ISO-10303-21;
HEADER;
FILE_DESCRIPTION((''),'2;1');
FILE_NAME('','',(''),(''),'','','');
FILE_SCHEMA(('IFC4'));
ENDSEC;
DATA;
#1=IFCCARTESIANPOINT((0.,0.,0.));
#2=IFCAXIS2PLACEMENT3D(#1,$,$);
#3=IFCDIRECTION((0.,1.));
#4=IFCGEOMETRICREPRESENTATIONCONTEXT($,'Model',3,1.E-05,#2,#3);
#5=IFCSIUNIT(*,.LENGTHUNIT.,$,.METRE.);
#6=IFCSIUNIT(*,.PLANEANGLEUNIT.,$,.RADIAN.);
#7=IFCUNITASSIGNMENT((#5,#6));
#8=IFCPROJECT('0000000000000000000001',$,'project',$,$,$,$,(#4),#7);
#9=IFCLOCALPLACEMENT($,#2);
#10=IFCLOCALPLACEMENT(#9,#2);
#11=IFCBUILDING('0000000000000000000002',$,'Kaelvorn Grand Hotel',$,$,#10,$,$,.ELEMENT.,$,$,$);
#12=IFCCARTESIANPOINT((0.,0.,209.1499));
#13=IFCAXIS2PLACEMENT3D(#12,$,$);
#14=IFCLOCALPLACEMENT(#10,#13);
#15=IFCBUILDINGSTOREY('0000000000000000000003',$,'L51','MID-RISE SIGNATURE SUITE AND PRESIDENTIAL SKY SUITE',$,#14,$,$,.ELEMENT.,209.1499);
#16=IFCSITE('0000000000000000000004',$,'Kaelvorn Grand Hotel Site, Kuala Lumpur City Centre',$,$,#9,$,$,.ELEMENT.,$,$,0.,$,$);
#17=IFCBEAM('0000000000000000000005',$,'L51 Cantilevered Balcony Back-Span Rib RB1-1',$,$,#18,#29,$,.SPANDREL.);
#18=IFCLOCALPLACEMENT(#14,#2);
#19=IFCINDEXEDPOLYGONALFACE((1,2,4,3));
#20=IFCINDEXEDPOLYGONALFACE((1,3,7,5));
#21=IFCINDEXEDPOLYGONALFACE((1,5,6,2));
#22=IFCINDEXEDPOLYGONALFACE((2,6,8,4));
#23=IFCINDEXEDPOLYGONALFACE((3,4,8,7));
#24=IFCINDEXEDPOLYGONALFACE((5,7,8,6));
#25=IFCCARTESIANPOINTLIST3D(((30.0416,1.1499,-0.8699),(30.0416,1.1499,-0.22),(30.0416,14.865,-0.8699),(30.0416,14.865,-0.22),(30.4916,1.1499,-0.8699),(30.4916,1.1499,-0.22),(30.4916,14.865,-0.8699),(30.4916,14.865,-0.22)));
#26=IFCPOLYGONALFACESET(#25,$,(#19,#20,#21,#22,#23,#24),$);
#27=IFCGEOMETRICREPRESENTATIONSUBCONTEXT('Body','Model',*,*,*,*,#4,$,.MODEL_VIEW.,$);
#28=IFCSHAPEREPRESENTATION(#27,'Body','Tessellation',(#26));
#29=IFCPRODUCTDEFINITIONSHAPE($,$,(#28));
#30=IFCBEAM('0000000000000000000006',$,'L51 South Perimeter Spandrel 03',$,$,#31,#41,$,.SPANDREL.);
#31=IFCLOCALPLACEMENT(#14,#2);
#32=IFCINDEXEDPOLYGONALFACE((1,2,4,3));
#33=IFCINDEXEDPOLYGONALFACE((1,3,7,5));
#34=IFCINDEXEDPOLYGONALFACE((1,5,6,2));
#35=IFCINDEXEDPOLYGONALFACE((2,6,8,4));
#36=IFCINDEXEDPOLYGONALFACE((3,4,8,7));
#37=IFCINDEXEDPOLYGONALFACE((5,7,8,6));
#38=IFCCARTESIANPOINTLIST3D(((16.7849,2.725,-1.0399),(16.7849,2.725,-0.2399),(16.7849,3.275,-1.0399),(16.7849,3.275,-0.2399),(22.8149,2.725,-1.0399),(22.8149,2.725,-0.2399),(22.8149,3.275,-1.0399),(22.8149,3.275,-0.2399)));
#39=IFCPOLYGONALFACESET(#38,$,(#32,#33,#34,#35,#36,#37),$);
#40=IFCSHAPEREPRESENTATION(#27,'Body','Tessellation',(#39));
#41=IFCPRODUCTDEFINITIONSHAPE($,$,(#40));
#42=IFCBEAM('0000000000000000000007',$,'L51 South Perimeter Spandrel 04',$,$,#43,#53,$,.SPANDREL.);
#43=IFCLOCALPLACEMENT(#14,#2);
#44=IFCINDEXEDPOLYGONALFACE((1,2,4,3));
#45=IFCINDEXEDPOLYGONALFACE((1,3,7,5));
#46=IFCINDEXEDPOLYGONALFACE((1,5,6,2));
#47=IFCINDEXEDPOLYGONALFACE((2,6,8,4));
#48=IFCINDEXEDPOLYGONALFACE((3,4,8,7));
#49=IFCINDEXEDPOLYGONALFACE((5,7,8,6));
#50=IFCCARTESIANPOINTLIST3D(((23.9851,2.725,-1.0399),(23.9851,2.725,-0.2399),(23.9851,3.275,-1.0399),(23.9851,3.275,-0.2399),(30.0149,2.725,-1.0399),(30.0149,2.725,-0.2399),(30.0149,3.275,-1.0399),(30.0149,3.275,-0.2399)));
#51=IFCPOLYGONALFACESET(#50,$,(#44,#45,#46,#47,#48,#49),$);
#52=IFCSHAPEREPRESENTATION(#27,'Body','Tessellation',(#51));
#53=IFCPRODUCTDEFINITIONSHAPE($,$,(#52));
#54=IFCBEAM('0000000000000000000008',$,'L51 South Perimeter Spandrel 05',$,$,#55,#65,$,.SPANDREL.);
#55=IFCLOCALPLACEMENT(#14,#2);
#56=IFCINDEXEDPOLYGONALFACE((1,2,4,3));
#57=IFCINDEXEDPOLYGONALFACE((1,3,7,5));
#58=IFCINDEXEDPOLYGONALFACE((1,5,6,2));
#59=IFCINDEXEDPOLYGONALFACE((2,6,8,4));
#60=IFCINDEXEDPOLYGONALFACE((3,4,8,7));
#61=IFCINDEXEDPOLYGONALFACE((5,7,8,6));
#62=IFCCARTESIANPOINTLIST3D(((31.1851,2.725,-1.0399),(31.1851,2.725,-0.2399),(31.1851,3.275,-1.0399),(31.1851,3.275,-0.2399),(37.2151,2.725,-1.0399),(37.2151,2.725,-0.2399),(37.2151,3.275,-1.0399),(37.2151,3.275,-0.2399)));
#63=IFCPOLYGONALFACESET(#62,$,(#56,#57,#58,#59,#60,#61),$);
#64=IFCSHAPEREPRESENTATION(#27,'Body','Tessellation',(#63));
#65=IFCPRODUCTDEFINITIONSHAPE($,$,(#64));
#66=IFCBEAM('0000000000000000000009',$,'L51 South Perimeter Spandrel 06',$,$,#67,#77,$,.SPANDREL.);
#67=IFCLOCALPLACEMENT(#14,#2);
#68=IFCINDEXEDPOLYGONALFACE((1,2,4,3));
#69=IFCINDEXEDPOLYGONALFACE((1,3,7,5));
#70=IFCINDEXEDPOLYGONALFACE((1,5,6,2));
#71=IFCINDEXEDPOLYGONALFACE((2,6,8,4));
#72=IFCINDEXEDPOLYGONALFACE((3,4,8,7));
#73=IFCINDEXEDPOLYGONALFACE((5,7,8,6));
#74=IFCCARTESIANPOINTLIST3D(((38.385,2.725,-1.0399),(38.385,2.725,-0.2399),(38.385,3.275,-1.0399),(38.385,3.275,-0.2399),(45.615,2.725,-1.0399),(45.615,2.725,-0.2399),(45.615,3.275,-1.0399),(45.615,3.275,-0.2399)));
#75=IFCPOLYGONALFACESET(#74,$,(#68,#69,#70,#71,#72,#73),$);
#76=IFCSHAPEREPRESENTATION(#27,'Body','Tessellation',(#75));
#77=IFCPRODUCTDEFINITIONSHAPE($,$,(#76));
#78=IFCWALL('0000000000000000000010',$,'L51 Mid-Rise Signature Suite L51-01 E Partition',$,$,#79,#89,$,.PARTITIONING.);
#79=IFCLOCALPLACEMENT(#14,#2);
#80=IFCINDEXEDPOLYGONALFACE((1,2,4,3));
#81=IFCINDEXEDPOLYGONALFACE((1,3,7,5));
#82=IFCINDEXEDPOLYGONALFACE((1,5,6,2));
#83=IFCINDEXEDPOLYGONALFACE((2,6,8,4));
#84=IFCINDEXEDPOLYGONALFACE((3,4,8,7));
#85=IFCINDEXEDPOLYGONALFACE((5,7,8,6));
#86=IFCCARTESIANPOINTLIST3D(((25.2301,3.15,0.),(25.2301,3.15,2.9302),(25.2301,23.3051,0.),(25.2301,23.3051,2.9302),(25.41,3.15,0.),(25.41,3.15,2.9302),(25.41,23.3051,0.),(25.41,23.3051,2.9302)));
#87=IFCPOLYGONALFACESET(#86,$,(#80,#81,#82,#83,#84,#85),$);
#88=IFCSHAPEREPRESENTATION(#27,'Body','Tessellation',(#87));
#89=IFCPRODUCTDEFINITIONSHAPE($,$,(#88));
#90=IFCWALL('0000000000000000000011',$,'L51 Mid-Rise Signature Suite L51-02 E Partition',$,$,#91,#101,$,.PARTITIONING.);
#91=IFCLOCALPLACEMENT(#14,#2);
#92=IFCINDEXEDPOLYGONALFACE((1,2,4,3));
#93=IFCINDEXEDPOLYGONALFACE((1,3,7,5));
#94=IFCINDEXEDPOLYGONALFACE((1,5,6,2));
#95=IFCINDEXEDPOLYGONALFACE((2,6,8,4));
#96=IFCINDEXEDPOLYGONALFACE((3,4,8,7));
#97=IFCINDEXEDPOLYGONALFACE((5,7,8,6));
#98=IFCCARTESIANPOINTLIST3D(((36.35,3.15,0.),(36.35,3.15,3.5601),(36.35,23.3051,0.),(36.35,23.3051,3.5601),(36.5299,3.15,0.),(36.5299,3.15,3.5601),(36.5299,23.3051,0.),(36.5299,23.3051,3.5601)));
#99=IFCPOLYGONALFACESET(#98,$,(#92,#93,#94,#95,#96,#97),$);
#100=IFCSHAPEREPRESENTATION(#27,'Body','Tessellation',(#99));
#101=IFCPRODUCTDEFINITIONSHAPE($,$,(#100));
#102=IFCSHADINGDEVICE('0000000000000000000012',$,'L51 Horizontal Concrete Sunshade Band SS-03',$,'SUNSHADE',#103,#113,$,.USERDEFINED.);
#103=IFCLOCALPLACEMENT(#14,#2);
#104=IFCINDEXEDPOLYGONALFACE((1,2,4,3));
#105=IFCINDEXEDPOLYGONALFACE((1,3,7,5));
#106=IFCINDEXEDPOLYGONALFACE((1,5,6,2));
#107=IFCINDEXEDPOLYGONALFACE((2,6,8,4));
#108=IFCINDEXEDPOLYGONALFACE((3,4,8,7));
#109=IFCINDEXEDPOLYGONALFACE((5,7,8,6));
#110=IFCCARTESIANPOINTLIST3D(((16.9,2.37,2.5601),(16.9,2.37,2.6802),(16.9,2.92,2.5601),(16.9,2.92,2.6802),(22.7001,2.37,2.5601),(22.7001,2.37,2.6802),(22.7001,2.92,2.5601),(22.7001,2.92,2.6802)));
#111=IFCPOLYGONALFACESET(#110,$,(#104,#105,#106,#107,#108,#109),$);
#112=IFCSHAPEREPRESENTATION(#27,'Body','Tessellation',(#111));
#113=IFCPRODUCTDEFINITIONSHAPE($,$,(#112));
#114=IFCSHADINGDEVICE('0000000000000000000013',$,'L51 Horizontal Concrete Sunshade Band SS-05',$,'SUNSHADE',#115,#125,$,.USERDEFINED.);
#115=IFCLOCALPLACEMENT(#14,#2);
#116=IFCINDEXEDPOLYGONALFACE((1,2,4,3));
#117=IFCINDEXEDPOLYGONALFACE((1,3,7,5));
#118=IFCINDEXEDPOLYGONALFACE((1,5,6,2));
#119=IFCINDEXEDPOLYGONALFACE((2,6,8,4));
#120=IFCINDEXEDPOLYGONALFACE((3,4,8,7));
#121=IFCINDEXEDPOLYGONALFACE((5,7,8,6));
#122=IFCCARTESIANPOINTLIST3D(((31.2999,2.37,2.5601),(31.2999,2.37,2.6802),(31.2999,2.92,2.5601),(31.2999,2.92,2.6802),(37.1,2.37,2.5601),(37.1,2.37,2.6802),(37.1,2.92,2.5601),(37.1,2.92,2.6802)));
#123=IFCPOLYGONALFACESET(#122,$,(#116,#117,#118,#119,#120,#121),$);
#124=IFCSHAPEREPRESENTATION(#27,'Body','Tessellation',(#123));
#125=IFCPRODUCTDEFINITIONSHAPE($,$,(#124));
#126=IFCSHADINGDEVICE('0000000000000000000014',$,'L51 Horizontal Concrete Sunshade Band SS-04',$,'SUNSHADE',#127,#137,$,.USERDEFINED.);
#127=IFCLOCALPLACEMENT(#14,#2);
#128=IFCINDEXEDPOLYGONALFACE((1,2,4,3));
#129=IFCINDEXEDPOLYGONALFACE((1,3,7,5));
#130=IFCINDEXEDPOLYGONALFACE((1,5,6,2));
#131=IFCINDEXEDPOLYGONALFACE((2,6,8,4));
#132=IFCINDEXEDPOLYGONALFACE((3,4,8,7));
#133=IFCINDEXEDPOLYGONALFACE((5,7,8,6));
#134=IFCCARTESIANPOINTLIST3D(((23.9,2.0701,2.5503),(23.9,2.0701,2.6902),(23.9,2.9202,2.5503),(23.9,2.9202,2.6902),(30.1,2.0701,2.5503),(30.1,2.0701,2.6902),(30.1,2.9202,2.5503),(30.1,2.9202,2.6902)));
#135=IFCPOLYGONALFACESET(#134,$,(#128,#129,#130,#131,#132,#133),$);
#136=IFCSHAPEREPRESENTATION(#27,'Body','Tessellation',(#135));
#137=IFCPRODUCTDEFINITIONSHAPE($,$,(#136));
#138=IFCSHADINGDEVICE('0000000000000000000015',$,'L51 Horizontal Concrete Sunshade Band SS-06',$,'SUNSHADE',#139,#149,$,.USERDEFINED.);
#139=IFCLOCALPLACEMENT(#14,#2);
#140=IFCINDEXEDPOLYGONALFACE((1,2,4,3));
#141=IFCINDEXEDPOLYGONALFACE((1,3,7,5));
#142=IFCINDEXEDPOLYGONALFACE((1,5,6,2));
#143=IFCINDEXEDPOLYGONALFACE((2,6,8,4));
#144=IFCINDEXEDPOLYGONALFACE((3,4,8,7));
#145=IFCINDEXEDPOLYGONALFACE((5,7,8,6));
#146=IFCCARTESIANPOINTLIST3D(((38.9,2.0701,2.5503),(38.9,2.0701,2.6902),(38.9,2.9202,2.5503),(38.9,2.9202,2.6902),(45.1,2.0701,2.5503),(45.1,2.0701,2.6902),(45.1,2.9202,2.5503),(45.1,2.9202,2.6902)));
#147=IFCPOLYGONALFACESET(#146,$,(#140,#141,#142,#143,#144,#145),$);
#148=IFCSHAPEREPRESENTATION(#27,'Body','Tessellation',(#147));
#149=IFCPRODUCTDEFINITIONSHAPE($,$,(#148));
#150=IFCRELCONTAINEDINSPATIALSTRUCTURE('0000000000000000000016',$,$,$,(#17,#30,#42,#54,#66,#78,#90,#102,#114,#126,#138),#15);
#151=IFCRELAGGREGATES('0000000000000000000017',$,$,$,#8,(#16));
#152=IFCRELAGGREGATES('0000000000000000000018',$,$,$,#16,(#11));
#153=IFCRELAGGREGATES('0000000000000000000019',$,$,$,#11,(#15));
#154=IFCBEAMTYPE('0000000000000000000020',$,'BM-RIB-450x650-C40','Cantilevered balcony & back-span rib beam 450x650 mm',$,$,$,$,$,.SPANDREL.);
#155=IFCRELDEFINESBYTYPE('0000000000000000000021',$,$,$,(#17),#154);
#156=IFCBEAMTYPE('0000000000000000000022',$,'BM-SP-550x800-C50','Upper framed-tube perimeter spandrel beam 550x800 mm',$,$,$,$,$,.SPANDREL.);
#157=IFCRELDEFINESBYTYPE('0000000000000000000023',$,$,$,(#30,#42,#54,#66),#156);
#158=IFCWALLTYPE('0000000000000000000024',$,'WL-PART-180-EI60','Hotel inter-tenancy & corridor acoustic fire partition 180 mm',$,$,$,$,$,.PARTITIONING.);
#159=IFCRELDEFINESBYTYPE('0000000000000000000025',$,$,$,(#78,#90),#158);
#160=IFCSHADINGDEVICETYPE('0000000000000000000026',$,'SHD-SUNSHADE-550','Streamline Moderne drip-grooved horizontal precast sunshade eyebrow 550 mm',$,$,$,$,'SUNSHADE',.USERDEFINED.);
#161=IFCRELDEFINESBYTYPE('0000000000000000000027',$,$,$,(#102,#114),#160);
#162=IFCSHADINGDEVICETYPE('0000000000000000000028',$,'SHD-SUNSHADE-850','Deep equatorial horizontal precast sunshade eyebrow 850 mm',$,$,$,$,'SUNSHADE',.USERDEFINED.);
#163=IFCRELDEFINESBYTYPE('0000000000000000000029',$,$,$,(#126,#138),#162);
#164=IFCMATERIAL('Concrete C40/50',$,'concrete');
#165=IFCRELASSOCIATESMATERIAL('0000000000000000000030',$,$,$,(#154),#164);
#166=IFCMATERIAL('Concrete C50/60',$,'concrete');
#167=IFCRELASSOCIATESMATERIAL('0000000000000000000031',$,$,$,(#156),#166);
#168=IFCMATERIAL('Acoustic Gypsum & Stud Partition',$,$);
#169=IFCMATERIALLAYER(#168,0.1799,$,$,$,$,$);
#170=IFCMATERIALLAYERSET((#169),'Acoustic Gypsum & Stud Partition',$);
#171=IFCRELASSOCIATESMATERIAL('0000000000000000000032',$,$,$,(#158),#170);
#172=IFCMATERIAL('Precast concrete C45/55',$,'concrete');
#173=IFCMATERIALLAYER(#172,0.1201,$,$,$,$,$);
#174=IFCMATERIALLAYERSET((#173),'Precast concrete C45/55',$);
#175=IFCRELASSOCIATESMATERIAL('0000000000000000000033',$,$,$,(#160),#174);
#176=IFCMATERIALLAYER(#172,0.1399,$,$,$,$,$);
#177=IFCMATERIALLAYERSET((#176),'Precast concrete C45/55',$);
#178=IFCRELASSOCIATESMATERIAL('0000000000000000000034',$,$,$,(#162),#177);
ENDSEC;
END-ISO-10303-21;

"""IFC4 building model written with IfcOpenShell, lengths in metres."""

from ifc_helpers import new_model, si_unit, direction, frame, frame_2d, origin, origin_2d, place, context, subcontext, project, spatial, rectangle, extrude, material, layer, layer_set, material_profile, profile_set, type_object, element, save


model = new_model("IFC4")

# Units and contexts
model_context = context("Model", 3, precision=1e-05, world=origin(), true_north=direction((0.0, 1.0)))
body_context = subcontext(model_context, "Body", "Model", "MODEL_VIEW")
ifc_project = project(units=[si_unit("LENGTHUNIT", "METRE"), si_unit("PLANEANGLEUNIT", "RADIAN")], contexts=[model_context])

# Site, building, storey
site_placement = place(None, origin())
site = spatial("IfcSite", under=ifc_project, at=site_placement, Name="Kaelvorn Grand Hotel Site, Kuala Lumpur City Centre", CompositionType="ELEMENT", RefElevation=0.0)
building_placement = place(site_placement, origin())
building = spatial("IfcBuilding", under=site, at=building_placement, Name="Kaelvorn Grand Hotel", CompositionType="ELEMENT")
storey_placement = place(building_placement, frame((0.0, 0.0, 209.1499)))
storey = spatial("IfcBuildingStorey", under=building, at=storey_placement, Name="L51", Description="MID-RISE SIGNATURE SUITE AND PRESIDENTIAL SKY SUITE", CompositionType="ELEMENT", Elevation=209.1499)

# Beams
ifc_material_1 = material(Name="Concrete C40/50", Category="concrete")
ifc_material_profile_1 = material_profile(ifc_material_1, rectangle(XDim=0.45, YDim=0.6499, at=origin_2d()), Name="RC RIB 450x650")
ifc_profile_set_1 = profile_set([ifc_material_profile_1], Name="Concrete C40/50")
beam_type_1 = type_object("IfcBeamType", Name="BM-RIB-450x650-C40", Description="Cantilevered balcony & back-span rib beam 450x650 mm", PredefinedType="SPANDREL", material=ifc_profile_set_1)
beam_1_placement = place(storey_placement, frame((30.2666, 1.1499, -0.5449), z_axis=(0.0, 1.0, 0.0), x_axis=(-1.0, 0.0, 0.0)))
element("IfcBeam", 1, at=beam_1_placement, inside=storey, type_object=beam_type_1, Name="L51 Cantilevered Balcony Back-Span Rib RB1-1", PredefinedType="SPANDREL", context=body_context, shape_type="SweptSolid", body=[
    extrude(rectangle(XDim=0.45, YDim=0.6499, at=origin_2d()), origin(), (0.0, 0.0, 1.0), 13.7151),
])
ifc_material_2 = material(Name="Concrete C50/60", Category="concrete")
ifc_material_profile_2 = material_profile(ifc_material_2, rectangle(XDim=0.55, YDim=0.8, at=origin_2d()), Name="RC SPANDREL 550x800")
ifc_profile_set_2 = profile_set([ifc_material_profile_2], Name="Concrete C50/60")
beam_type_2 = type_object("IfcBeamType", Name="BM-SP-550x800-C50", Description="Upper framed-tube perimeter spandrel beam 550x800 mm", PredefinedType="SPANDREL", material=ifc_profile_set_2)
beam_2_placement = place(storey_placement, frame((16.7849, 3.0, -0.6399), z_axis=(1.0, 0.0, 0.0), x_axis=(0.0, 1.0, 0.0)))
element("IfcBeam", 2, at=beam_2_placement, inside=storey, type_object=beam_type_2, Name="L51 South Perimeter Spandrel 03", PredefinedType="SPANDREL", context=body_context, shape_type="SweptSolid", body=[
    extrude(rectangle(XDim=0.55, YDim=0.8, at=origin_2d()), origin(), (0.0, 0.0, 1.0), 6.03),
])
beam_3_placement = place(storey_placement, frame((23.9851, 3.0, -0.6399), z_axis=(1.0, 0.0, 0.0), x_axis=(0.0, 1.0, 0.0)))
element("IfcBeam", 3, at=beam_3_placement, inside=storey, type_object=beam_type_2, Name="L51 South Perimeter Spandrel 04", PredefinedType="SPANDREL", context=body_context, shape_type="SweptSolid", body=[
    extrude(rectangle(XDim=0.55, YDim=0.8, at=origin_2d()), origin(), (0.0, 0.0, 1.0), 6.0298),
])
beam_4_placement = place(storey_placement, frame((31.1851, 3.0, -0.6399), z_axis=(1.0, 0.0, 0.0), x_axis=(0.0, 1.0, 0.0)))
element("IfcBeam", 4, at=beam_4_placement, inside=storey, type_object=beam_type_2, Name="L51 South Perimeter Spandrel 05", PredefinedType="SPANDREL", context=body_context, shape_type="SweptSolid", body=[
    extrude(rectangle(XDim=0.55, YDim=0.8, at=origin_2d()), origin(), (0.0, 0.0, 1.0), 6.03),
])
beam_5_placement = place(storey_placement, frame((38.385, 3.0, -0.6399), z_axis=(1.0, 0.0, 0.0), x_axis=(0.0, 1.0, 0.0)))
element("IfcBeam", 5, at=beam_5_placement, inside=storey, type_object=beam_type_2, Name="L51 South Perimeter Spandrel 06", PredefinedType="SPANDREL", context=body_context, shape_type="SweptSolid", body=[
    extrude(rectangle(XDim=0.55, YDim=0.8, at=origin_2d()), origin(), (0.0, 0.0, 1.0), 7.23),
])

# Walls
ifc_material_3 = material(Name="Acoustic Gypsum & Stud Partition")
ifc_layer_1 = layer(ifc_material_3, 0.1799)
ifc_layer_set_1 = layer_set([ifc_layer_1], Name="Acoustic Gypsum & Stud Partition")
wall_type = type_object("IfcWallType", Name="WL-PART-180-EI60", Description="Hotel inter-tenancy & corridor acoustic fire partition 180 mm", PredefinedType="PARTITIONING", material=ifc_layer_set_1)
wall_1_placement = place(storey_placement, frame((25.3201, 3.1499, 0.0), z_axis=(0.0, 0.0, 1.0), x_axis=(0.0, 1.0, 0.0)))
element("IfcWall", 6, at=wall_1_placement, inside=storey, type_object=wall_type, Name="L51 Mid-Rise Signature Suite L51-01 E Partition", PredefinedType="PARTITIONING", context=body_context, shape_type="SweptSolid", body=[
    extrude(rectangle(XDim=20.155, YDim=0.1799, at=frame_2d((10.0776, 0.0))), origin(), (0.0, 0.0, 1.0), 2.9302),
])
wall_2_placement = place(storey_placement, frame((36.4399, 3.1499, 0.0), z_axis=(0.0, 0.0, 1.0), x_axis=(0.0, 1.0, 0.0)))
element("IfcWall", 7, at=wall_2_placement, inside=storey, type_object=wall_type, Name="L51 Mid-Rise Signature Suite L51-02 E Partition", PredefinedType="PARTITIONING", context=body_context, shape_type="SweptSolid", body=[
    extrude(rectangle(XDim=20.155, YDim=0.1799, at=frame_2d((10.0776, 0.0))), origin(), (0.0, 0.0, 1.0), 3.5601),
])

# Shading devices
ifc_material_4 = material(Name="Precast concrete C45/55", Category="concrete")
ifc_layer_2 = layer(ifc_material_4, 0.1201)
ifc_layer_set_2 = layer_set([ifc_layer_2], Name="Precast concrete C45/55")
shading_device_type_1 = type_object("IfcShadingDeviceType", Name="SHD-SUNSHADE-550", Description="Streamline Moderne drip-grooved horizontal precast sunshade eyebrow 550 mm", ElementType="SUNSHADE", PredefinedType="USERDEFINED", material=ifc_layer_set_2)
for number, where, z_axis, x_axis, name in (
    (8, (19.8, 2.645, 2.5601), (0.0, 0.0, 1.0), (1.0, 0.0, 0.0), "L51 Horizontal Concrete Sunshade Band SS-03"),
    (9, (34.2, 2.645, 2.5601), (0.0, 0.0, 1.0), (1.0, 0.0, 0.0), "L51 Horizontal Concrete Sunshade Band SS-05"),
):
    element("IfcShadingDevice", number, at=place(storey_placement, frame(where, z_axis=z_axis, x_axis=x_axis)), inside=storey, type_object=shading_device_type_1, Name=name, ObjectType="SUNSHADE", PredefinedType="USERDEFINED", context=body_context, shape_type="SweptSolid", body=[
        extrude(rectangle(XDim=5.8, YDim=0.55, at=origin_2d()), origin(), (0.0, 0.0, 1.0), 0.1201),
    ])
ifc_layer_3 = layer(ifc_material_4, 0.1399)
ifc_layer_set_3 = layer_set([ifc_layer_3], Name="Precast concrete C45/55")
shading_device_type_2 = type_object("IfcShadingDeviceType", Name="SHD-SUNSHADE-850", Description="Deep equatorial horizontal precast sunshade eyebrow 850 mm", ElementType="SUNSHADE", PredefinedType="USERDEFINED", material=ifc_layer_set_3)
for number, where, z_axis, x_axis, name in (
    (10, (27.0, 2.4951, 2.5503), (0.0, 0.0, 1.0), (1.0, 0.0, 0.0), "L51 Horizontal Concrete Sunshade Band SS-04"),
    (11, (42.0, 2.4951, 2.5503), (0.0, 0.0, 1.0), (1.0, 0.0, 0.0), "L51 Horizontal Concrete Sunshade Band SS-06"),
):
    element("IfcShadingDevice", number, at=place(storey_placement, frame(where, z_axis=z_axis, x_axis=x_axis)), inside=storey, type_object=shading_device_type_2, Name=name, ObjectType="SUNSHADE", PredefinedType="USERDEFINED", context=body_context, shape_type="SweptSolid", body=[
        extrude(rectangle(XDim=6.2, YDim=0.8501, at=origin_2d()), origin(), (0.0, 0.0, 1.0), 0.1399),
    ])

save(model, "model.ifc")
